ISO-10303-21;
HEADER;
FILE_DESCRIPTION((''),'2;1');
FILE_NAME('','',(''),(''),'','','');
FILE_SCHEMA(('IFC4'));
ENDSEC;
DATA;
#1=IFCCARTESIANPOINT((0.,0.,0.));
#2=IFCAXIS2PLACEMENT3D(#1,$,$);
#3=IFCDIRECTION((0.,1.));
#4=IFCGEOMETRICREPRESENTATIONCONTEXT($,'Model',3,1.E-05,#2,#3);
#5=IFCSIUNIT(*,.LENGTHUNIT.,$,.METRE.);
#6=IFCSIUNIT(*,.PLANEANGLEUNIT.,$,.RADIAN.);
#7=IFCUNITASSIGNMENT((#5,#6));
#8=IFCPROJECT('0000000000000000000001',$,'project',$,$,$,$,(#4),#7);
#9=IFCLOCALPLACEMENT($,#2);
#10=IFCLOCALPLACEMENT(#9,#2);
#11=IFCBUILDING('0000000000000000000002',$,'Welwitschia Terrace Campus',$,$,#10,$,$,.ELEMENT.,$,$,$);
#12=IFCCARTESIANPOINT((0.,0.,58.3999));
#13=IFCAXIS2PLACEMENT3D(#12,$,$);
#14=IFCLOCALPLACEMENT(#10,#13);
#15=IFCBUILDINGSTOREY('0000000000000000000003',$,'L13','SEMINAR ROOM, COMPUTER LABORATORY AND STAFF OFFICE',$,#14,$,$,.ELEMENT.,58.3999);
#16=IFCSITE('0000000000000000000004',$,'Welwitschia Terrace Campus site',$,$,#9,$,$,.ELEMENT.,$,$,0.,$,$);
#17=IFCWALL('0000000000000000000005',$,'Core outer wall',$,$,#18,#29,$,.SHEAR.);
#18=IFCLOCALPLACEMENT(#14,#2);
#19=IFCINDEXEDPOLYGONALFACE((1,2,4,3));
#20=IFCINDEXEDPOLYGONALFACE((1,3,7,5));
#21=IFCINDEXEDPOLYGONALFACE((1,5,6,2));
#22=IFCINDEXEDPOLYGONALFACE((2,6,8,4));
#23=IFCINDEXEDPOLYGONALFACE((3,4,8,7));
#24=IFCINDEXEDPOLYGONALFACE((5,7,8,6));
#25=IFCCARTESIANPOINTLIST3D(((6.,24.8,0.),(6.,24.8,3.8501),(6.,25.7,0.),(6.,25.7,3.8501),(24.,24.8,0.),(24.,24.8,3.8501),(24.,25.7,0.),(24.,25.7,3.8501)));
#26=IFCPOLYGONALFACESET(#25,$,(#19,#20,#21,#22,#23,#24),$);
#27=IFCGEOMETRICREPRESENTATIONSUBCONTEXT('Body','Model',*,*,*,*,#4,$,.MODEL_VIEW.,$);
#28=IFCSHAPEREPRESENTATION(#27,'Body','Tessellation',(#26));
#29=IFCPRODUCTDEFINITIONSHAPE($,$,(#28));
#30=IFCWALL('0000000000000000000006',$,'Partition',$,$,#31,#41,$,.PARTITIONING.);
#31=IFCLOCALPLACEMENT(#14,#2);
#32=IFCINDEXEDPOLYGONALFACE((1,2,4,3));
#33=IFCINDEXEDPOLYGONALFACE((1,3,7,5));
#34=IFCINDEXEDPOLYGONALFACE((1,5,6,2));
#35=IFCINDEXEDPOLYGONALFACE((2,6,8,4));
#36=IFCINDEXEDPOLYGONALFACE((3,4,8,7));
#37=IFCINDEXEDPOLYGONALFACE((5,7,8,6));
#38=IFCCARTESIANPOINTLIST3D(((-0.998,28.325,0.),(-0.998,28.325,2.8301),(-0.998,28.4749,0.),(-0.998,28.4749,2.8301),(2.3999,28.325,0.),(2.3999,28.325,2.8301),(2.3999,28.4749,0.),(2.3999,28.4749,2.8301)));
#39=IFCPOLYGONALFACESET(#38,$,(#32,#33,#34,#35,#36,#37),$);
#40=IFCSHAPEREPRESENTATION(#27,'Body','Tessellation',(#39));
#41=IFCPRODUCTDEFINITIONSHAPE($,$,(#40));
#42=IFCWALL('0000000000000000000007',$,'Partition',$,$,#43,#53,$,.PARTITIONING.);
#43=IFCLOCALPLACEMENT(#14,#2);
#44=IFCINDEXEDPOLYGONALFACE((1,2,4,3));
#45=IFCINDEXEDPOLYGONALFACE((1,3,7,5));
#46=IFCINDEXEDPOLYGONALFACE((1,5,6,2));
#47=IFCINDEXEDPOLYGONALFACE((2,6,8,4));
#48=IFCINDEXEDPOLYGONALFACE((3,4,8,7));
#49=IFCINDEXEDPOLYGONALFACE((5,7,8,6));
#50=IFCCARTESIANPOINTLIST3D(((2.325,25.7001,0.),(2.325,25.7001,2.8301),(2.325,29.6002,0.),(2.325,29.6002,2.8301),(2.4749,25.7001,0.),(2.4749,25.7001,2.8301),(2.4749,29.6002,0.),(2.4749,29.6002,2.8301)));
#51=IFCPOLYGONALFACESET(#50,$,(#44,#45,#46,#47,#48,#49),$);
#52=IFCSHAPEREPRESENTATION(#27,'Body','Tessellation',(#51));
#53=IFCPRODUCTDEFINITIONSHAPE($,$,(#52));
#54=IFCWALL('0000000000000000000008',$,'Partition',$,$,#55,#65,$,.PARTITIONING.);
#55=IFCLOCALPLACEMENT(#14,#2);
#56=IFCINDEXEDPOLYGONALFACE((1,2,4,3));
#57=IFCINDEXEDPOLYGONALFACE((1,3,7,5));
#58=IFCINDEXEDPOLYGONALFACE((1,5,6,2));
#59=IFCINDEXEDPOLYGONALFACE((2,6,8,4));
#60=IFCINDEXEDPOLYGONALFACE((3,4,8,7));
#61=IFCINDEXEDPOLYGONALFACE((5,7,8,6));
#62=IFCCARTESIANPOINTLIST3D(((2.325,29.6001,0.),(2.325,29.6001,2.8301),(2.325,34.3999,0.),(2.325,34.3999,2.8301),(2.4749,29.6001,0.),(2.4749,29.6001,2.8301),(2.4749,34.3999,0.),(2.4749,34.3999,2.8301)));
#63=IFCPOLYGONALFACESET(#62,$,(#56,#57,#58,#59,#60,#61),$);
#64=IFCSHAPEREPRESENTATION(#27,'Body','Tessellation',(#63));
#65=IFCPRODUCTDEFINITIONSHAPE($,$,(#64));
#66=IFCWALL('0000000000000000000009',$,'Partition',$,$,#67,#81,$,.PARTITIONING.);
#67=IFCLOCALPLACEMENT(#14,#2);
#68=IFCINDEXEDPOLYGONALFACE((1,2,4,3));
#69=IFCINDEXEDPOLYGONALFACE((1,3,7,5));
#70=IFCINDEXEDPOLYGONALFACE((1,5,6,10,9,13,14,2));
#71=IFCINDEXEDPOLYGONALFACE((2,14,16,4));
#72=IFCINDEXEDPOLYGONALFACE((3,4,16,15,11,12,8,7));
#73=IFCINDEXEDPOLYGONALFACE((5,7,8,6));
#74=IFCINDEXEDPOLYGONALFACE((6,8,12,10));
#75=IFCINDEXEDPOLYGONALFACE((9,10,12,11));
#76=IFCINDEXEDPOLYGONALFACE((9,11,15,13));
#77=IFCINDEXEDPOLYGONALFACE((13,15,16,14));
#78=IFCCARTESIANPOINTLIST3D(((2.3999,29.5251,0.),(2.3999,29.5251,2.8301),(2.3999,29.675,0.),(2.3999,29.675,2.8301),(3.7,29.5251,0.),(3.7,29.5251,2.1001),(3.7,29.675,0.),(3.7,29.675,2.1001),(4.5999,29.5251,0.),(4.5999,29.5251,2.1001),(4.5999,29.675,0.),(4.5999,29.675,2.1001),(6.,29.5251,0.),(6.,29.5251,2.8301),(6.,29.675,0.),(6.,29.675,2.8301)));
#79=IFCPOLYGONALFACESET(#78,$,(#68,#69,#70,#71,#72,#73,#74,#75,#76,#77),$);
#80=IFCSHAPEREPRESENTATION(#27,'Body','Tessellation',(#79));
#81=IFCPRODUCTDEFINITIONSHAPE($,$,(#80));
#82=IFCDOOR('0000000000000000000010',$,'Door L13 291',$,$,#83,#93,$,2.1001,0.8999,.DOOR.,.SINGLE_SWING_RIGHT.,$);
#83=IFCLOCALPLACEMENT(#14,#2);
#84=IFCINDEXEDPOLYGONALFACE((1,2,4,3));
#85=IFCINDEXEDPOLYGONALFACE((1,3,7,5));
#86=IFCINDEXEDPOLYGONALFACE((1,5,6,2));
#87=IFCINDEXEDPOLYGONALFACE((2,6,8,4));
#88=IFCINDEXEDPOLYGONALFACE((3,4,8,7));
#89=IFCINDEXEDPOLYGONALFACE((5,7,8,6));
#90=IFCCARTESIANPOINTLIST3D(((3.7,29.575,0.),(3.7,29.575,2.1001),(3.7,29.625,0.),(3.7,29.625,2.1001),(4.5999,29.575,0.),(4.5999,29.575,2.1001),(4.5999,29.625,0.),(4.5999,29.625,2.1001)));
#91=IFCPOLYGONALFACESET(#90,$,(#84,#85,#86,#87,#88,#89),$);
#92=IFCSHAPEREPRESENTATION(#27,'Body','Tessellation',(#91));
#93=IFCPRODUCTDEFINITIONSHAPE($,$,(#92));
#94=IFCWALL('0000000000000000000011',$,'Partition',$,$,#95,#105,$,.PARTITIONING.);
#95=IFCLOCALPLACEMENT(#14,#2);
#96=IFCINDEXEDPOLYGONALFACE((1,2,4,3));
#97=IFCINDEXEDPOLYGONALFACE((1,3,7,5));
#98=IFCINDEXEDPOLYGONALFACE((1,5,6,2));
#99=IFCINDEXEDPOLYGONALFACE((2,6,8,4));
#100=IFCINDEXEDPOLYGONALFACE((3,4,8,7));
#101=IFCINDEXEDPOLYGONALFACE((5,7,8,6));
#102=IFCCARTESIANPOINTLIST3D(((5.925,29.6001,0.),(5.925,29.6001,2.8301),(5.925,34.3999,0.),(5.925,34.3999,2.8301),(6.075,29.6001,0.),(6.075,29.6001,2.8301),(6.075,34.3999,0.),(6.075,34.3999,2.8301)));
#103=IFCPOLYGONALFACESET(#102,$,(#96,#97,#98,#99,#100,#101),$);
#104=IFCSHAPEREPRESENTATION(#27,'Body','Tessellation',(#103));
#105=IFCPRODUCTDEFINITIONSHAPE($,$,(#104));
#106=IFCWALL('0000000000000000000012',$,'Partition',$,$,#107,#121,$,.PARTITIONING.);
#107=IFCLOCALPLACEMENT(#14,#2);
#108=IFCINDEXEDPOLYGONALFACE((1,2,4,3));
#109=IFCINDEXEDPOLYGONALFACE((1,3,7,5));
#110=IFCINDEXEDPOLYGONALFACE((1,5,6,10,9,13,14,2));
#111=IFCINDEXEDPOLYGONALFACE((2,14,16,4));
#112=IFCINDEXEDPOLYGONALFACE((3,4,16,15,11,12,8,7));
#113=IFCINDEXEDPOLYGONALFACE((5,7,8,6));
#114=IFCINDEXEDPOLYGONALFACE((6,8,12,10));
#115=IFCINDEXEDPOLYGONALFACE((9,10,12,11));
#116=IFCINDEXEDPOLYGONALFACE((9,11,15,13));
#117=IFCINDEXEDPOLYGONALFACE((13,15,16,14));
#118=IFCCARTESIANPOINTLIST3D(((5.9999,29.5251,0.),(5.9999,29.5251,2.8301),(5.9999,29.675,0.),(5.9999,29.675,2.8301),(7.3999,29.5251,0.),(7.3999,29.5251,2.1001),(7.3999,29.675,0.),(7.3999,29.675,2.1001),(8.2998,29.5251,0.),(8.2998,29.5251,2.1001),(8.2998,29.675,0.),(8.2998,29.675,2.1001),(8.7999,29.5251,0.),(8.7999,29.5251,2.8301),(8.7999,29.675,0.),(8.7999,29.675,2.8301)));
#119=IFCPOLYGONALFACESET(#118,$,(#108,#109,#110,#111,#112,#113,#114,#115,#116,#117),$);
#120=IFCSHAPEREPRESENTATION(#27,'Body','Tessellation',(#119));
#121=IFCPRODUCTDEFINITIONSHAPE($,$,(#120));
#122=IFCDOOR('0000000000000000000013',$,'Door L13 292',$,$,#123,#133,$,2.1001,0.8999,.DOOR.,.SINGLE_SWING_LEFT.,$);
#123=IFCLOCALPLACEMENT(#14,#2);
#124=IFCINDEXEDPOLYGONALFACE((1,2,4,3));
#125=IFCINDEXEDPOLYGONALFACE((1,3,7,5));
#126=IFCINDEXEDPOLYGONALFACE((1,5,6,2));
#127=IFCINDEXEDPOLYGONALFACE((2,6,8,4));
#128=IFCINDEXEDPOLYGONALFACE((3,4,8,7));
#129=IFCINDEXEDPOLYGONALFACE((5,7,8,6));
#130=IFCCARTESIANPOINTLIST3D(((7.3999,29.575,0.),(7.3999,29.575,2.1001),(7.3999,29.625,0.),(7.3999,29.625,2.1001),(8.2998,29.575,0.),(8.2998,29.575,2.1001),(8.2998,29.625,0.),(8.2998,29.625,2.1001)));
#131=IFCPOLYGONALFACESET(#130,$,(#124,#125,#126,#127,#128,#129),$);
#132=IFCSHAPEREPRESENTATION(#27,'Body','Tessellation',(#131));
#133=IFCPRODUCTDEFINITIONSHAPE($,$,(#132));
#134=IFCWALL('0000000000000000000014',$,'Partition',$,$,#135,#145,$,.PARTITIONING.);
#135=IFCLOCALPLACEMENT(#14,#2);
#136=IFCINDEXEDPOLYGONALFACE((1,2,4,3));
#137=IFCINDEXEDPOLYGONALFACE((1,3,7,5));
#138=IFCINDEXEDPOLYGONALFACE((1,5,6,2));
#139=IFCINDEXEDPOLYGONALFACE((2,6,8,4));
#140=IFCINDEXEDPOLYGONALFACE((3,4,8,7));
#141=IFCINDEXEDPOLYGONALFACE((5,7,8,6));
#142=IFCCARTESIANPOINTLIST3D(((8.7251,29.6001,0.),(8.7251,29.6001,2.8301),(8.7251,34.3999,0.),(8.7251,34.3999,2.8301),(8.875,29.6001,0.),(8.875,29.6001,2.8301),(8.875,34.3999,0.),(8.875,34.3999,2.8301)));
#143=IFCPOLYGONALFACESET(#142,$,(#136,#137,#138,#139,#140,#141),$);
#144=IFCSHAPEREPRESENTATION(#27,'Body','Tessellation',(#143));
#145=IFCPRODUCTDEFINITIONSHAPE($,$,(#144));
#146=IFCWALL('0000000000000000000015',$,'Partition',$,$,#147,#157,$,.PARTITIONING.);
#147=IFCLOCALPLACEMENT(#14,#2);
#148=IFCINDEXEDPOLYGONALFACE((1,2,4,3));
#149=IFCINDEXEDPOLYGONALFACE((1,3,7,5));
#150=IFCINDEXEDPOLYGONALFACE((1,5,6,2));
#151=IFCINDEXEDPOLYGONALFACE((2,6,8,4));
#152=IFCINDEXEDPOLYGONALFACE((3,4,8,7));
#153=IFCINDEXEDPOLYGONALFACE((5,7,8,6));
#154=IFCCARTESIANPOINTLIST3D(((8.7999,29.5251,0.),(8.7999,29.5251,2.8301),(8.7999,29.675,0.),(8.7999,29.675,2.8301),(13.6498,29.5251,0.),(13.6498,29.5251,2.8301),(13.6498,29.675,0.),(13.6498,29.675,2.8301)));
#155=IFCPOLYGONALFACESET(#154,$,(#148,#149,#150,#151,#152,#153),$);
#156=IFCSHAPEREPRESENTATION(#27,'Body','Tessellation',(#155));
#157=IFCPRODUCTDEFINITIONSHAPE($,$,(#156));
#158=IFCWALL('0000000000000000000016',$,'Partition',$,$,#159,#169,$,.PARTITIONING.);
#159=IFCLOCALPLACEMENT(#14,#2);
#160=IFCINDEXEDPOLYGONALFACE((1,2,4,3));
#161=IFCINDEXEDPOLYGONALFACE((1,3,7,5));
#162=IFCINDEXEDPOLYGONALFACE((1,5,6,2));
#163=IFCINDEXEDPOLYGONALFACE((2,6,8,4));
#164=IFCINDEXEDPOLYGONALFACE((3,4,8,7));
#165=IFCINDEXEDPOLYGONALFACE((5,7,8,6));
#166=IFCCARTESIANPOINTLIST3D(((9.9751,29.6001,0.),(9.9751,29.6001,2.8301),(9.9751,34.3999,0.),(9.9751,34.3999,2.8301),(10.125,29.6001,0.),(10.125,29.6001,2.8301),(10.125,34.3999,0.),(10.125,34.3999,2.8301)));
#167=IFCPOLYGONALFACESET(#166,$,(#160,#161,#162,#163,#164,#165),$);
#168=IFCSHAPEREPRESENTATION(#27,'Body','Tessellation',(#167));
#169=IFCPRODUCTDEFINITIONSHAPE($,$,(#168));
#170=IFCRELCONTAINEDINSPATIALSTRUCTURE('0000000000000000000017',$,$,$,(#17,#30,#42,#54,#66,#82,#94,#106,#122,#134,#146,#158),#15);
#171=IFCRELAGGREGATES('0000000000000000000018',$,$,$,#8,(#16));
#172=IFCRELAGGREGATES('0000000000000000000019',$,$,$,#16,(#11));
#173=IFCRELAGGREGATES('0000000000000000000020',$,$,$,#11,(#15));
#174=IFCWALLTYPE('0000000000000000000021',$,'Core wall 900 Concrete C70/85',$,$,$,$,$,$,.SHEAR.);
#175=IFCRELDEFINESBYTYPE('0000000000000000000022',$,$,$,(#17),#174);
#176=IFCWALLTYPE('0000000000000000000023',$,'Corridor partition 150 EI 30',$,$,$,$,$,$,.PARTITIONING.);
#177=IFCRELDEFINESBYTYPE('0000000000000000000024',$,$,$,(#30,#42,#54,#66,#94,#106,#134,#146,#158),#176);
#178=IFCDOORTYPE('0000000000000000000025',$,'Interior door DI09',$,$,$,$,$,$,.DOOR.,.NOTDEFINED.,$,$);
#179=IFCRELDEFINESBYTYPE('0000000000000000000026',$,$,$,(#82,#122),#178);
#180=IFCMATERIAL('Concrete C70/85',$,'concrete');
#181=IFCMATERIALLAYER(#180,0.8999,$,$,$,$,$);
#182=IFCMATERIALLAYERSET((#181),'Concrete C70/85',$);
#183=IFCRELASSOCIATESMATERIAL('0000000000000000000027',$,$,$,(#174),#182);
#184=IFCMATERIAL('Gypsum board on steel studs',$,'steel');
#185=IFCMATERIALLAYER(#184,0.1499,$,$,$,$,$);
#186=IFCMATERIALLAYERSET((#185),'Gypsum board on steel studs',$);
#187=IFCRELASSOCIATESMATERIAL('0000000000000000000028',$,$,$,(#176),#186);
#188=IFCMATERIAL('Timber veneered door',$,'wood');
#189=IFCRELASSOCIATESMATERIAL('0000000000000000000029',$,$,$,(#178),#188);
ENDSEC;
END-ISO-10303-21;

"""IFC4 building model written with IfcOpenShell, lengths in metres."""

from ifc_helpers import new_model, si_unit, direction, frame, frame_2d, origin, place, context, subcontext, project, spatial, rectangle, extrude, material, layer, layer_set, type_object, element, fill, save


model = new_model("IFC4")

# Units and contexts
model_context = context("Model", 3, precision=1e-05, world=origin(), true_north=direction((0.0, 1.0)))
body_context = subcontext(model_context, "Body", "Model", "MODEL_VIEW")
ifc_project = project(units=[si_unit("LENGTHUNIT", "METRE"), si_unit("PLANEANGLEUNIT", "RADIAN")], contexts=[model_context])

# Site, building, storey
site_placement = place(None, origin())
site = spatial("IfcSite", under=ifc_project, at=site_placement, Name="Welwitschia Terrace Campus site", CompositionType="ELEMENT", RefElevation=0.0)
building_placement = place(site_placement, origin())
building = spatial("IfcBuilding", under=site, at=building_placement, Name="Welwitschia Terrace Campus", CompositionType="ELEMENT")
storey_placement = place(building_placement, frame((0.0, 0.0, 58.3999)))
storey = spatial("IfcBuildingStorey", under=building, at=storey_placement, Name="L13", Description="SEMINAR ROOM, COMPUTER LABORATORY AND STAFF OFFICE", CompositionType="ELEMENT", Elevation=58.3999)

# Walls
ifc_material_1 = material(Name="Concrete C70/85", Category="concrete")
ifc_layer_1 = layer(ifc_material_1, 0.8999)
ifc_layer_set_1 = layer_set([ifc_layer_1], Name="Concrete C70/85")
wall_type_1 = type_object("IfcWallType", Name="Core wall 900 Concrete C70/85", PredefinedType="SHEAR", material=ifc_layer_set_1)
wall_1_placement = place(storey_placement, frame((6.0, 25.25, 0.0), z_axis=(0.0, 0.0, 1.0), x_axis=(1.0, 0.0, 0.0)))
element("IfcWall", 1, at=wall_1_placement, inside=storey, type_object=wall_type_1, Name="Core outer wall", PredefinedType="SHEAR", context=body_context, shape_type="SweptSolid", body=[
    extrude(rectangle(XDim=18.0, YDim=0.8999, at=frame_2d((9.0, 0.0))), origin(), (0.0, 0.0, 1.0), 3.8501),
])
ifc_material_2 = material(Name="Gypsum board on steel studs", Category="steel")
ifc_layer_2 = layer(ifc_material_2, 0.1499)
ifc_layer_set_2 = layer_set([ifc_layer_2], Name="Gypsum board on steel studs")
wall_type_2 = type_object("IfcWallType", Name="Corridor partition 150 EI 30", PredefinedType="PARTITIONING", material=ifc_layer_set_2)
wall_2_placement = place(storey_placement, frame((-0.998, 28.3999, 0.0), z_axis=(0.0, 0.0, 1.0), x_axis=(1.0, 0.0, 0.0)))
element("IfcWall", 2, at=wall_2_placement, inside=storey, type_object=wall_type_2, Name="Partition", PredefinedType="PARTITIONING", context=body_context, shape_type="SweptSolid", body=[
    extrude(rectangle(XDim=3.3979, YDim=0.1499, at=frame_2d((1.699, 0.0))), origin(), (0.0, 0.0, 1.0), 2.8301),
])
wall_3_placement = place(storey_placement, frame((2.3999, 25.7, 0.0), z_axis=(0.0, 0.0, 1.0), x_axis=(0.0, 1.0, 0.0)))
element("IfcWall", 3, at=wall_3_placement, inside=storey, type_object=wall_type_2, Name="Partition", PredefinedType="PARTITIONING", context=body_context, shape_type="SweptSolid", body=[
    extrude(rectangle(XDim=3.9001, YDim=0.1499, at=frame_2d((1.9502, 0.0))), origin(), (0.0, 0.0, 1.0), 2.8301),
])
wall_4_placement = place(storey_placement, frame((2.3999, 29.6001, 0.0), z_axis=(0.0, 0.0, 1.0), x_axis=(0.0, 1.0, 0.0)))
element("IfcWall", 4, at=wall_4_placement, inside=storey, type_object=wall_type_2, Name="Partition", PredefinedType="PARTITIONING", context=body_context, shape_type="SweptSolid", body=[
    extrude(rectangle(XDim=4.7998, YDim=0.1499, at=frame_2d((2.3999, 0.0))), origin(), (0.0, 0.0, 1.0), 2.8301),
])

# Wall, opening, door
wall_5_placement = place(storey_placement, frame((2.3999, 29.6001, 0.0), z_axis=(0.0, 0.0, 1.0), x_axis=(1.0, 0.0, 0.0)))
wall_5 = element("IfcWall", 5, at=wall_5_placement, inside=storey, type_object=wall_type_2, Name="Partition", PredefinedType="PARTITIONING", context=body_context, shape_type="SweptSolid", body=[
    extrude(rectangle(XDim=3.6001, YDim=0.1499, at=frame_2d((1.8, 0.0))), origin(), (0.0, 0.0, 1.0), 2.8301),
])
opening_1_placement = place(wall_5_placement, frame((1.3, 0.0, 0.0)))
opening_1 = element("IfcOpeningElement", 6, at=opening_1_placement, cuts=wall_5, PredefinedType="OPENING", context=body_context, shape_type="SweptSolid", body=[
    extrude(rectangle(XDim=0.8999, YDim=2.1001, at=frame_2d((0.45, 1.05))), frame((0.0, 0.085, 0.0), z_axis=(0.0, -1.0, 0.0), x_axis=(1.0, 0.0, 0.0)), (0.0, 0.0, 1.0), 0.1699),
])
ifc_material_3 = material(Name="Timber veneered door", Category="wood")
door_type = type_object("IfcDoorType", Name="Interior door DI09", OperationType="NOTDEFINED", PredefinedType="DOOR", material=ifc_material_3)
door_1_placement = place(opening_1_placement, origin())
door_1 = element("IfcDoor", 7, at=door_1_placement, inside=storey, type_object=door_type, Name="Door L13 291", OperationType="SINGLE_SWING_RIGHT", OverallHeight=2.1001, OverallWidth=0.8999, PredefinedType="DOOR", context=body_context, shape_type="SweptSolid", body=[
    extrude(rectangle(XDim=0.8999, YDim=2.1001, at=frame_2d((0.45, 1.05))), frame((0.0, 0.0249, 0.0), z_axis=(0.0, -1.0, 0.0), x_axis=(1.0, 0.0, 0.0)), (0.0, 0.0, 1.0), 0.05),
])
fill(opening_1, door_1)

# Wall
wall_6_placement = place(storey_placement, frame((6.0, 29.6001, 0.0), z_axis=(0.0, 0.0, 1.0), x_axis=(0.0, 1.0, 0.0)))
element("IfcWall", 8, at=wall_6_placement, inside=storey, type_object=wall_type_2, Name="Partition", PredefinedType="PARTITIONING", context=body_context, shape_type="SweptSolid", body=[
    extrude(rectangle(XDim=4.7998, YDim=0.1499, at=frame_2d((2.3999, 0.0))), origin(), (0.0, 0.0, 1.0), 2.8301),
])

# Wall, opening, door
wall_7_placement = place(storey_placement, frame((6.0, 29.6001, 0.0), z_axis=(0.0, 0.0, 1.0), x_axis=(1.0, 0.0, 0.0)))
wall_7 = element("IfcWall", 9, at=wall_7_placement, inside=storey, type_object=wall_type_2, Name="Partition", PredefinedType="PARTITIONING", context=body_context, shape_type="SweptSolid", body=[
    extrude(rectangle(XDim=2.8, YDim=0.1499, at=frame_2d((1.3999, 0.0))), origin(), (0.0, 0.0, 1.0), 2.8301),
])
opening_2_placement = place(wall_7_placement, frame((1.3999, 0.0, 0.0)))
opening_2 = element("IfcOpeningElement", 10, at=opening_2_placement, cuts=wall_7, PredefinedType="OPENING", context=body_context, shape_type="SweptSolid", body=[
    extrude(rectangle(XDim=0.8999, YDim=2.1001, at=frame_2d((0.45, 1.05))), frame((0.0, 0.085, 0.0), z_axis=(0.0, -1.0, 0.0), x_axis=(1.0, 0.0, 0.0)), (0.0, 0.0, 1.0), 0.1699),
])
door_2_placement = place(opening_2_placement, origin())
door_2 = element("IfcDoor", 11, at=door_2_placement, inside=storey, type_object=door_type, Name="Door L13 292", OperationType="SINGLE_SWING_LEFT", OverallHeight=2.1001, OverallWidth=0.8999, PredefinedType="DOOR", context=body_context, shape_type="SweptSolid", body=[
    extrude(rectangle(XDim=0.8999, YDim=2.1001, at=frame_2d((0.45, 1.05))), frame((0.0, 0.0249, 0.0), z_axis=(0.0, -1.0, 0.0), x_axis=(1.0, 0.0, 0.0)), (0.0, 0.0, 1.0), 0.05),
])
fill(opening_2, door_2)

# Walls
wall_8_placement = place(storey_placement, frame((8.8, 29.6001, 0.0), z_axis=(0.0, 0.0, 1.0), x_axis=(0.0, 1.0, 0.0)))
element("IfcWall", 12, at=wall_8_placement, inside=storey, type_object=wall_type_2, Name="Partition", PredefinedType="PARTITIONING", context=body_context, shape_type="SweptSolid", body=[
    extrude(rectangle(XDim=4.7998, YDim=0.1499, at=frame_2d((2.3999, 0.0))), origin(), (0.0, 0.0, 1.0), 2.8301),
])
wall_9_placement = place(storey_placement, frame((8.8, 29.6001, 0.0), z_axis=(0.0, 0.0, 1.0), x_axis=(1.0, 0.0, 0.0)))
element("IfcWall", 13, at=wall_9_placement, inside=storey, type_object=wall_type_2, Name="Partition", PredefinedType="PARTITIONING", context=body_context, shape_type="SweptSolid", body=[
    extrude(rectangle(XDim=4.8499, YDim=0.1499, at=frame_2d((2.4248, 0.0))), origin(), (0.0, 0.0, 1.0), 2.8301),
])
wall_10_placement = place(storey_placement, frame((10.05, 29.6001, 0.0), z_axis=(0.0, 0.0, 1.0), x_axis=(0.0, 1.0, 0.0)))
element("IfcWall", 14, at=wall_10_placement, inside=storey, type_object=wall_type_2, Name="Partition", PredefinedType="PARTITIONING", context=body_context, shape_type="SweptSolid", body=[
    extrude(rectangle(XDim=4.7998, YDim=0.1499, at=frame_2d((2.3999, 0.0))), origin(), (0.0, 0.0, 1.0), 2.8301),
])

save(model, "model.ifc")
